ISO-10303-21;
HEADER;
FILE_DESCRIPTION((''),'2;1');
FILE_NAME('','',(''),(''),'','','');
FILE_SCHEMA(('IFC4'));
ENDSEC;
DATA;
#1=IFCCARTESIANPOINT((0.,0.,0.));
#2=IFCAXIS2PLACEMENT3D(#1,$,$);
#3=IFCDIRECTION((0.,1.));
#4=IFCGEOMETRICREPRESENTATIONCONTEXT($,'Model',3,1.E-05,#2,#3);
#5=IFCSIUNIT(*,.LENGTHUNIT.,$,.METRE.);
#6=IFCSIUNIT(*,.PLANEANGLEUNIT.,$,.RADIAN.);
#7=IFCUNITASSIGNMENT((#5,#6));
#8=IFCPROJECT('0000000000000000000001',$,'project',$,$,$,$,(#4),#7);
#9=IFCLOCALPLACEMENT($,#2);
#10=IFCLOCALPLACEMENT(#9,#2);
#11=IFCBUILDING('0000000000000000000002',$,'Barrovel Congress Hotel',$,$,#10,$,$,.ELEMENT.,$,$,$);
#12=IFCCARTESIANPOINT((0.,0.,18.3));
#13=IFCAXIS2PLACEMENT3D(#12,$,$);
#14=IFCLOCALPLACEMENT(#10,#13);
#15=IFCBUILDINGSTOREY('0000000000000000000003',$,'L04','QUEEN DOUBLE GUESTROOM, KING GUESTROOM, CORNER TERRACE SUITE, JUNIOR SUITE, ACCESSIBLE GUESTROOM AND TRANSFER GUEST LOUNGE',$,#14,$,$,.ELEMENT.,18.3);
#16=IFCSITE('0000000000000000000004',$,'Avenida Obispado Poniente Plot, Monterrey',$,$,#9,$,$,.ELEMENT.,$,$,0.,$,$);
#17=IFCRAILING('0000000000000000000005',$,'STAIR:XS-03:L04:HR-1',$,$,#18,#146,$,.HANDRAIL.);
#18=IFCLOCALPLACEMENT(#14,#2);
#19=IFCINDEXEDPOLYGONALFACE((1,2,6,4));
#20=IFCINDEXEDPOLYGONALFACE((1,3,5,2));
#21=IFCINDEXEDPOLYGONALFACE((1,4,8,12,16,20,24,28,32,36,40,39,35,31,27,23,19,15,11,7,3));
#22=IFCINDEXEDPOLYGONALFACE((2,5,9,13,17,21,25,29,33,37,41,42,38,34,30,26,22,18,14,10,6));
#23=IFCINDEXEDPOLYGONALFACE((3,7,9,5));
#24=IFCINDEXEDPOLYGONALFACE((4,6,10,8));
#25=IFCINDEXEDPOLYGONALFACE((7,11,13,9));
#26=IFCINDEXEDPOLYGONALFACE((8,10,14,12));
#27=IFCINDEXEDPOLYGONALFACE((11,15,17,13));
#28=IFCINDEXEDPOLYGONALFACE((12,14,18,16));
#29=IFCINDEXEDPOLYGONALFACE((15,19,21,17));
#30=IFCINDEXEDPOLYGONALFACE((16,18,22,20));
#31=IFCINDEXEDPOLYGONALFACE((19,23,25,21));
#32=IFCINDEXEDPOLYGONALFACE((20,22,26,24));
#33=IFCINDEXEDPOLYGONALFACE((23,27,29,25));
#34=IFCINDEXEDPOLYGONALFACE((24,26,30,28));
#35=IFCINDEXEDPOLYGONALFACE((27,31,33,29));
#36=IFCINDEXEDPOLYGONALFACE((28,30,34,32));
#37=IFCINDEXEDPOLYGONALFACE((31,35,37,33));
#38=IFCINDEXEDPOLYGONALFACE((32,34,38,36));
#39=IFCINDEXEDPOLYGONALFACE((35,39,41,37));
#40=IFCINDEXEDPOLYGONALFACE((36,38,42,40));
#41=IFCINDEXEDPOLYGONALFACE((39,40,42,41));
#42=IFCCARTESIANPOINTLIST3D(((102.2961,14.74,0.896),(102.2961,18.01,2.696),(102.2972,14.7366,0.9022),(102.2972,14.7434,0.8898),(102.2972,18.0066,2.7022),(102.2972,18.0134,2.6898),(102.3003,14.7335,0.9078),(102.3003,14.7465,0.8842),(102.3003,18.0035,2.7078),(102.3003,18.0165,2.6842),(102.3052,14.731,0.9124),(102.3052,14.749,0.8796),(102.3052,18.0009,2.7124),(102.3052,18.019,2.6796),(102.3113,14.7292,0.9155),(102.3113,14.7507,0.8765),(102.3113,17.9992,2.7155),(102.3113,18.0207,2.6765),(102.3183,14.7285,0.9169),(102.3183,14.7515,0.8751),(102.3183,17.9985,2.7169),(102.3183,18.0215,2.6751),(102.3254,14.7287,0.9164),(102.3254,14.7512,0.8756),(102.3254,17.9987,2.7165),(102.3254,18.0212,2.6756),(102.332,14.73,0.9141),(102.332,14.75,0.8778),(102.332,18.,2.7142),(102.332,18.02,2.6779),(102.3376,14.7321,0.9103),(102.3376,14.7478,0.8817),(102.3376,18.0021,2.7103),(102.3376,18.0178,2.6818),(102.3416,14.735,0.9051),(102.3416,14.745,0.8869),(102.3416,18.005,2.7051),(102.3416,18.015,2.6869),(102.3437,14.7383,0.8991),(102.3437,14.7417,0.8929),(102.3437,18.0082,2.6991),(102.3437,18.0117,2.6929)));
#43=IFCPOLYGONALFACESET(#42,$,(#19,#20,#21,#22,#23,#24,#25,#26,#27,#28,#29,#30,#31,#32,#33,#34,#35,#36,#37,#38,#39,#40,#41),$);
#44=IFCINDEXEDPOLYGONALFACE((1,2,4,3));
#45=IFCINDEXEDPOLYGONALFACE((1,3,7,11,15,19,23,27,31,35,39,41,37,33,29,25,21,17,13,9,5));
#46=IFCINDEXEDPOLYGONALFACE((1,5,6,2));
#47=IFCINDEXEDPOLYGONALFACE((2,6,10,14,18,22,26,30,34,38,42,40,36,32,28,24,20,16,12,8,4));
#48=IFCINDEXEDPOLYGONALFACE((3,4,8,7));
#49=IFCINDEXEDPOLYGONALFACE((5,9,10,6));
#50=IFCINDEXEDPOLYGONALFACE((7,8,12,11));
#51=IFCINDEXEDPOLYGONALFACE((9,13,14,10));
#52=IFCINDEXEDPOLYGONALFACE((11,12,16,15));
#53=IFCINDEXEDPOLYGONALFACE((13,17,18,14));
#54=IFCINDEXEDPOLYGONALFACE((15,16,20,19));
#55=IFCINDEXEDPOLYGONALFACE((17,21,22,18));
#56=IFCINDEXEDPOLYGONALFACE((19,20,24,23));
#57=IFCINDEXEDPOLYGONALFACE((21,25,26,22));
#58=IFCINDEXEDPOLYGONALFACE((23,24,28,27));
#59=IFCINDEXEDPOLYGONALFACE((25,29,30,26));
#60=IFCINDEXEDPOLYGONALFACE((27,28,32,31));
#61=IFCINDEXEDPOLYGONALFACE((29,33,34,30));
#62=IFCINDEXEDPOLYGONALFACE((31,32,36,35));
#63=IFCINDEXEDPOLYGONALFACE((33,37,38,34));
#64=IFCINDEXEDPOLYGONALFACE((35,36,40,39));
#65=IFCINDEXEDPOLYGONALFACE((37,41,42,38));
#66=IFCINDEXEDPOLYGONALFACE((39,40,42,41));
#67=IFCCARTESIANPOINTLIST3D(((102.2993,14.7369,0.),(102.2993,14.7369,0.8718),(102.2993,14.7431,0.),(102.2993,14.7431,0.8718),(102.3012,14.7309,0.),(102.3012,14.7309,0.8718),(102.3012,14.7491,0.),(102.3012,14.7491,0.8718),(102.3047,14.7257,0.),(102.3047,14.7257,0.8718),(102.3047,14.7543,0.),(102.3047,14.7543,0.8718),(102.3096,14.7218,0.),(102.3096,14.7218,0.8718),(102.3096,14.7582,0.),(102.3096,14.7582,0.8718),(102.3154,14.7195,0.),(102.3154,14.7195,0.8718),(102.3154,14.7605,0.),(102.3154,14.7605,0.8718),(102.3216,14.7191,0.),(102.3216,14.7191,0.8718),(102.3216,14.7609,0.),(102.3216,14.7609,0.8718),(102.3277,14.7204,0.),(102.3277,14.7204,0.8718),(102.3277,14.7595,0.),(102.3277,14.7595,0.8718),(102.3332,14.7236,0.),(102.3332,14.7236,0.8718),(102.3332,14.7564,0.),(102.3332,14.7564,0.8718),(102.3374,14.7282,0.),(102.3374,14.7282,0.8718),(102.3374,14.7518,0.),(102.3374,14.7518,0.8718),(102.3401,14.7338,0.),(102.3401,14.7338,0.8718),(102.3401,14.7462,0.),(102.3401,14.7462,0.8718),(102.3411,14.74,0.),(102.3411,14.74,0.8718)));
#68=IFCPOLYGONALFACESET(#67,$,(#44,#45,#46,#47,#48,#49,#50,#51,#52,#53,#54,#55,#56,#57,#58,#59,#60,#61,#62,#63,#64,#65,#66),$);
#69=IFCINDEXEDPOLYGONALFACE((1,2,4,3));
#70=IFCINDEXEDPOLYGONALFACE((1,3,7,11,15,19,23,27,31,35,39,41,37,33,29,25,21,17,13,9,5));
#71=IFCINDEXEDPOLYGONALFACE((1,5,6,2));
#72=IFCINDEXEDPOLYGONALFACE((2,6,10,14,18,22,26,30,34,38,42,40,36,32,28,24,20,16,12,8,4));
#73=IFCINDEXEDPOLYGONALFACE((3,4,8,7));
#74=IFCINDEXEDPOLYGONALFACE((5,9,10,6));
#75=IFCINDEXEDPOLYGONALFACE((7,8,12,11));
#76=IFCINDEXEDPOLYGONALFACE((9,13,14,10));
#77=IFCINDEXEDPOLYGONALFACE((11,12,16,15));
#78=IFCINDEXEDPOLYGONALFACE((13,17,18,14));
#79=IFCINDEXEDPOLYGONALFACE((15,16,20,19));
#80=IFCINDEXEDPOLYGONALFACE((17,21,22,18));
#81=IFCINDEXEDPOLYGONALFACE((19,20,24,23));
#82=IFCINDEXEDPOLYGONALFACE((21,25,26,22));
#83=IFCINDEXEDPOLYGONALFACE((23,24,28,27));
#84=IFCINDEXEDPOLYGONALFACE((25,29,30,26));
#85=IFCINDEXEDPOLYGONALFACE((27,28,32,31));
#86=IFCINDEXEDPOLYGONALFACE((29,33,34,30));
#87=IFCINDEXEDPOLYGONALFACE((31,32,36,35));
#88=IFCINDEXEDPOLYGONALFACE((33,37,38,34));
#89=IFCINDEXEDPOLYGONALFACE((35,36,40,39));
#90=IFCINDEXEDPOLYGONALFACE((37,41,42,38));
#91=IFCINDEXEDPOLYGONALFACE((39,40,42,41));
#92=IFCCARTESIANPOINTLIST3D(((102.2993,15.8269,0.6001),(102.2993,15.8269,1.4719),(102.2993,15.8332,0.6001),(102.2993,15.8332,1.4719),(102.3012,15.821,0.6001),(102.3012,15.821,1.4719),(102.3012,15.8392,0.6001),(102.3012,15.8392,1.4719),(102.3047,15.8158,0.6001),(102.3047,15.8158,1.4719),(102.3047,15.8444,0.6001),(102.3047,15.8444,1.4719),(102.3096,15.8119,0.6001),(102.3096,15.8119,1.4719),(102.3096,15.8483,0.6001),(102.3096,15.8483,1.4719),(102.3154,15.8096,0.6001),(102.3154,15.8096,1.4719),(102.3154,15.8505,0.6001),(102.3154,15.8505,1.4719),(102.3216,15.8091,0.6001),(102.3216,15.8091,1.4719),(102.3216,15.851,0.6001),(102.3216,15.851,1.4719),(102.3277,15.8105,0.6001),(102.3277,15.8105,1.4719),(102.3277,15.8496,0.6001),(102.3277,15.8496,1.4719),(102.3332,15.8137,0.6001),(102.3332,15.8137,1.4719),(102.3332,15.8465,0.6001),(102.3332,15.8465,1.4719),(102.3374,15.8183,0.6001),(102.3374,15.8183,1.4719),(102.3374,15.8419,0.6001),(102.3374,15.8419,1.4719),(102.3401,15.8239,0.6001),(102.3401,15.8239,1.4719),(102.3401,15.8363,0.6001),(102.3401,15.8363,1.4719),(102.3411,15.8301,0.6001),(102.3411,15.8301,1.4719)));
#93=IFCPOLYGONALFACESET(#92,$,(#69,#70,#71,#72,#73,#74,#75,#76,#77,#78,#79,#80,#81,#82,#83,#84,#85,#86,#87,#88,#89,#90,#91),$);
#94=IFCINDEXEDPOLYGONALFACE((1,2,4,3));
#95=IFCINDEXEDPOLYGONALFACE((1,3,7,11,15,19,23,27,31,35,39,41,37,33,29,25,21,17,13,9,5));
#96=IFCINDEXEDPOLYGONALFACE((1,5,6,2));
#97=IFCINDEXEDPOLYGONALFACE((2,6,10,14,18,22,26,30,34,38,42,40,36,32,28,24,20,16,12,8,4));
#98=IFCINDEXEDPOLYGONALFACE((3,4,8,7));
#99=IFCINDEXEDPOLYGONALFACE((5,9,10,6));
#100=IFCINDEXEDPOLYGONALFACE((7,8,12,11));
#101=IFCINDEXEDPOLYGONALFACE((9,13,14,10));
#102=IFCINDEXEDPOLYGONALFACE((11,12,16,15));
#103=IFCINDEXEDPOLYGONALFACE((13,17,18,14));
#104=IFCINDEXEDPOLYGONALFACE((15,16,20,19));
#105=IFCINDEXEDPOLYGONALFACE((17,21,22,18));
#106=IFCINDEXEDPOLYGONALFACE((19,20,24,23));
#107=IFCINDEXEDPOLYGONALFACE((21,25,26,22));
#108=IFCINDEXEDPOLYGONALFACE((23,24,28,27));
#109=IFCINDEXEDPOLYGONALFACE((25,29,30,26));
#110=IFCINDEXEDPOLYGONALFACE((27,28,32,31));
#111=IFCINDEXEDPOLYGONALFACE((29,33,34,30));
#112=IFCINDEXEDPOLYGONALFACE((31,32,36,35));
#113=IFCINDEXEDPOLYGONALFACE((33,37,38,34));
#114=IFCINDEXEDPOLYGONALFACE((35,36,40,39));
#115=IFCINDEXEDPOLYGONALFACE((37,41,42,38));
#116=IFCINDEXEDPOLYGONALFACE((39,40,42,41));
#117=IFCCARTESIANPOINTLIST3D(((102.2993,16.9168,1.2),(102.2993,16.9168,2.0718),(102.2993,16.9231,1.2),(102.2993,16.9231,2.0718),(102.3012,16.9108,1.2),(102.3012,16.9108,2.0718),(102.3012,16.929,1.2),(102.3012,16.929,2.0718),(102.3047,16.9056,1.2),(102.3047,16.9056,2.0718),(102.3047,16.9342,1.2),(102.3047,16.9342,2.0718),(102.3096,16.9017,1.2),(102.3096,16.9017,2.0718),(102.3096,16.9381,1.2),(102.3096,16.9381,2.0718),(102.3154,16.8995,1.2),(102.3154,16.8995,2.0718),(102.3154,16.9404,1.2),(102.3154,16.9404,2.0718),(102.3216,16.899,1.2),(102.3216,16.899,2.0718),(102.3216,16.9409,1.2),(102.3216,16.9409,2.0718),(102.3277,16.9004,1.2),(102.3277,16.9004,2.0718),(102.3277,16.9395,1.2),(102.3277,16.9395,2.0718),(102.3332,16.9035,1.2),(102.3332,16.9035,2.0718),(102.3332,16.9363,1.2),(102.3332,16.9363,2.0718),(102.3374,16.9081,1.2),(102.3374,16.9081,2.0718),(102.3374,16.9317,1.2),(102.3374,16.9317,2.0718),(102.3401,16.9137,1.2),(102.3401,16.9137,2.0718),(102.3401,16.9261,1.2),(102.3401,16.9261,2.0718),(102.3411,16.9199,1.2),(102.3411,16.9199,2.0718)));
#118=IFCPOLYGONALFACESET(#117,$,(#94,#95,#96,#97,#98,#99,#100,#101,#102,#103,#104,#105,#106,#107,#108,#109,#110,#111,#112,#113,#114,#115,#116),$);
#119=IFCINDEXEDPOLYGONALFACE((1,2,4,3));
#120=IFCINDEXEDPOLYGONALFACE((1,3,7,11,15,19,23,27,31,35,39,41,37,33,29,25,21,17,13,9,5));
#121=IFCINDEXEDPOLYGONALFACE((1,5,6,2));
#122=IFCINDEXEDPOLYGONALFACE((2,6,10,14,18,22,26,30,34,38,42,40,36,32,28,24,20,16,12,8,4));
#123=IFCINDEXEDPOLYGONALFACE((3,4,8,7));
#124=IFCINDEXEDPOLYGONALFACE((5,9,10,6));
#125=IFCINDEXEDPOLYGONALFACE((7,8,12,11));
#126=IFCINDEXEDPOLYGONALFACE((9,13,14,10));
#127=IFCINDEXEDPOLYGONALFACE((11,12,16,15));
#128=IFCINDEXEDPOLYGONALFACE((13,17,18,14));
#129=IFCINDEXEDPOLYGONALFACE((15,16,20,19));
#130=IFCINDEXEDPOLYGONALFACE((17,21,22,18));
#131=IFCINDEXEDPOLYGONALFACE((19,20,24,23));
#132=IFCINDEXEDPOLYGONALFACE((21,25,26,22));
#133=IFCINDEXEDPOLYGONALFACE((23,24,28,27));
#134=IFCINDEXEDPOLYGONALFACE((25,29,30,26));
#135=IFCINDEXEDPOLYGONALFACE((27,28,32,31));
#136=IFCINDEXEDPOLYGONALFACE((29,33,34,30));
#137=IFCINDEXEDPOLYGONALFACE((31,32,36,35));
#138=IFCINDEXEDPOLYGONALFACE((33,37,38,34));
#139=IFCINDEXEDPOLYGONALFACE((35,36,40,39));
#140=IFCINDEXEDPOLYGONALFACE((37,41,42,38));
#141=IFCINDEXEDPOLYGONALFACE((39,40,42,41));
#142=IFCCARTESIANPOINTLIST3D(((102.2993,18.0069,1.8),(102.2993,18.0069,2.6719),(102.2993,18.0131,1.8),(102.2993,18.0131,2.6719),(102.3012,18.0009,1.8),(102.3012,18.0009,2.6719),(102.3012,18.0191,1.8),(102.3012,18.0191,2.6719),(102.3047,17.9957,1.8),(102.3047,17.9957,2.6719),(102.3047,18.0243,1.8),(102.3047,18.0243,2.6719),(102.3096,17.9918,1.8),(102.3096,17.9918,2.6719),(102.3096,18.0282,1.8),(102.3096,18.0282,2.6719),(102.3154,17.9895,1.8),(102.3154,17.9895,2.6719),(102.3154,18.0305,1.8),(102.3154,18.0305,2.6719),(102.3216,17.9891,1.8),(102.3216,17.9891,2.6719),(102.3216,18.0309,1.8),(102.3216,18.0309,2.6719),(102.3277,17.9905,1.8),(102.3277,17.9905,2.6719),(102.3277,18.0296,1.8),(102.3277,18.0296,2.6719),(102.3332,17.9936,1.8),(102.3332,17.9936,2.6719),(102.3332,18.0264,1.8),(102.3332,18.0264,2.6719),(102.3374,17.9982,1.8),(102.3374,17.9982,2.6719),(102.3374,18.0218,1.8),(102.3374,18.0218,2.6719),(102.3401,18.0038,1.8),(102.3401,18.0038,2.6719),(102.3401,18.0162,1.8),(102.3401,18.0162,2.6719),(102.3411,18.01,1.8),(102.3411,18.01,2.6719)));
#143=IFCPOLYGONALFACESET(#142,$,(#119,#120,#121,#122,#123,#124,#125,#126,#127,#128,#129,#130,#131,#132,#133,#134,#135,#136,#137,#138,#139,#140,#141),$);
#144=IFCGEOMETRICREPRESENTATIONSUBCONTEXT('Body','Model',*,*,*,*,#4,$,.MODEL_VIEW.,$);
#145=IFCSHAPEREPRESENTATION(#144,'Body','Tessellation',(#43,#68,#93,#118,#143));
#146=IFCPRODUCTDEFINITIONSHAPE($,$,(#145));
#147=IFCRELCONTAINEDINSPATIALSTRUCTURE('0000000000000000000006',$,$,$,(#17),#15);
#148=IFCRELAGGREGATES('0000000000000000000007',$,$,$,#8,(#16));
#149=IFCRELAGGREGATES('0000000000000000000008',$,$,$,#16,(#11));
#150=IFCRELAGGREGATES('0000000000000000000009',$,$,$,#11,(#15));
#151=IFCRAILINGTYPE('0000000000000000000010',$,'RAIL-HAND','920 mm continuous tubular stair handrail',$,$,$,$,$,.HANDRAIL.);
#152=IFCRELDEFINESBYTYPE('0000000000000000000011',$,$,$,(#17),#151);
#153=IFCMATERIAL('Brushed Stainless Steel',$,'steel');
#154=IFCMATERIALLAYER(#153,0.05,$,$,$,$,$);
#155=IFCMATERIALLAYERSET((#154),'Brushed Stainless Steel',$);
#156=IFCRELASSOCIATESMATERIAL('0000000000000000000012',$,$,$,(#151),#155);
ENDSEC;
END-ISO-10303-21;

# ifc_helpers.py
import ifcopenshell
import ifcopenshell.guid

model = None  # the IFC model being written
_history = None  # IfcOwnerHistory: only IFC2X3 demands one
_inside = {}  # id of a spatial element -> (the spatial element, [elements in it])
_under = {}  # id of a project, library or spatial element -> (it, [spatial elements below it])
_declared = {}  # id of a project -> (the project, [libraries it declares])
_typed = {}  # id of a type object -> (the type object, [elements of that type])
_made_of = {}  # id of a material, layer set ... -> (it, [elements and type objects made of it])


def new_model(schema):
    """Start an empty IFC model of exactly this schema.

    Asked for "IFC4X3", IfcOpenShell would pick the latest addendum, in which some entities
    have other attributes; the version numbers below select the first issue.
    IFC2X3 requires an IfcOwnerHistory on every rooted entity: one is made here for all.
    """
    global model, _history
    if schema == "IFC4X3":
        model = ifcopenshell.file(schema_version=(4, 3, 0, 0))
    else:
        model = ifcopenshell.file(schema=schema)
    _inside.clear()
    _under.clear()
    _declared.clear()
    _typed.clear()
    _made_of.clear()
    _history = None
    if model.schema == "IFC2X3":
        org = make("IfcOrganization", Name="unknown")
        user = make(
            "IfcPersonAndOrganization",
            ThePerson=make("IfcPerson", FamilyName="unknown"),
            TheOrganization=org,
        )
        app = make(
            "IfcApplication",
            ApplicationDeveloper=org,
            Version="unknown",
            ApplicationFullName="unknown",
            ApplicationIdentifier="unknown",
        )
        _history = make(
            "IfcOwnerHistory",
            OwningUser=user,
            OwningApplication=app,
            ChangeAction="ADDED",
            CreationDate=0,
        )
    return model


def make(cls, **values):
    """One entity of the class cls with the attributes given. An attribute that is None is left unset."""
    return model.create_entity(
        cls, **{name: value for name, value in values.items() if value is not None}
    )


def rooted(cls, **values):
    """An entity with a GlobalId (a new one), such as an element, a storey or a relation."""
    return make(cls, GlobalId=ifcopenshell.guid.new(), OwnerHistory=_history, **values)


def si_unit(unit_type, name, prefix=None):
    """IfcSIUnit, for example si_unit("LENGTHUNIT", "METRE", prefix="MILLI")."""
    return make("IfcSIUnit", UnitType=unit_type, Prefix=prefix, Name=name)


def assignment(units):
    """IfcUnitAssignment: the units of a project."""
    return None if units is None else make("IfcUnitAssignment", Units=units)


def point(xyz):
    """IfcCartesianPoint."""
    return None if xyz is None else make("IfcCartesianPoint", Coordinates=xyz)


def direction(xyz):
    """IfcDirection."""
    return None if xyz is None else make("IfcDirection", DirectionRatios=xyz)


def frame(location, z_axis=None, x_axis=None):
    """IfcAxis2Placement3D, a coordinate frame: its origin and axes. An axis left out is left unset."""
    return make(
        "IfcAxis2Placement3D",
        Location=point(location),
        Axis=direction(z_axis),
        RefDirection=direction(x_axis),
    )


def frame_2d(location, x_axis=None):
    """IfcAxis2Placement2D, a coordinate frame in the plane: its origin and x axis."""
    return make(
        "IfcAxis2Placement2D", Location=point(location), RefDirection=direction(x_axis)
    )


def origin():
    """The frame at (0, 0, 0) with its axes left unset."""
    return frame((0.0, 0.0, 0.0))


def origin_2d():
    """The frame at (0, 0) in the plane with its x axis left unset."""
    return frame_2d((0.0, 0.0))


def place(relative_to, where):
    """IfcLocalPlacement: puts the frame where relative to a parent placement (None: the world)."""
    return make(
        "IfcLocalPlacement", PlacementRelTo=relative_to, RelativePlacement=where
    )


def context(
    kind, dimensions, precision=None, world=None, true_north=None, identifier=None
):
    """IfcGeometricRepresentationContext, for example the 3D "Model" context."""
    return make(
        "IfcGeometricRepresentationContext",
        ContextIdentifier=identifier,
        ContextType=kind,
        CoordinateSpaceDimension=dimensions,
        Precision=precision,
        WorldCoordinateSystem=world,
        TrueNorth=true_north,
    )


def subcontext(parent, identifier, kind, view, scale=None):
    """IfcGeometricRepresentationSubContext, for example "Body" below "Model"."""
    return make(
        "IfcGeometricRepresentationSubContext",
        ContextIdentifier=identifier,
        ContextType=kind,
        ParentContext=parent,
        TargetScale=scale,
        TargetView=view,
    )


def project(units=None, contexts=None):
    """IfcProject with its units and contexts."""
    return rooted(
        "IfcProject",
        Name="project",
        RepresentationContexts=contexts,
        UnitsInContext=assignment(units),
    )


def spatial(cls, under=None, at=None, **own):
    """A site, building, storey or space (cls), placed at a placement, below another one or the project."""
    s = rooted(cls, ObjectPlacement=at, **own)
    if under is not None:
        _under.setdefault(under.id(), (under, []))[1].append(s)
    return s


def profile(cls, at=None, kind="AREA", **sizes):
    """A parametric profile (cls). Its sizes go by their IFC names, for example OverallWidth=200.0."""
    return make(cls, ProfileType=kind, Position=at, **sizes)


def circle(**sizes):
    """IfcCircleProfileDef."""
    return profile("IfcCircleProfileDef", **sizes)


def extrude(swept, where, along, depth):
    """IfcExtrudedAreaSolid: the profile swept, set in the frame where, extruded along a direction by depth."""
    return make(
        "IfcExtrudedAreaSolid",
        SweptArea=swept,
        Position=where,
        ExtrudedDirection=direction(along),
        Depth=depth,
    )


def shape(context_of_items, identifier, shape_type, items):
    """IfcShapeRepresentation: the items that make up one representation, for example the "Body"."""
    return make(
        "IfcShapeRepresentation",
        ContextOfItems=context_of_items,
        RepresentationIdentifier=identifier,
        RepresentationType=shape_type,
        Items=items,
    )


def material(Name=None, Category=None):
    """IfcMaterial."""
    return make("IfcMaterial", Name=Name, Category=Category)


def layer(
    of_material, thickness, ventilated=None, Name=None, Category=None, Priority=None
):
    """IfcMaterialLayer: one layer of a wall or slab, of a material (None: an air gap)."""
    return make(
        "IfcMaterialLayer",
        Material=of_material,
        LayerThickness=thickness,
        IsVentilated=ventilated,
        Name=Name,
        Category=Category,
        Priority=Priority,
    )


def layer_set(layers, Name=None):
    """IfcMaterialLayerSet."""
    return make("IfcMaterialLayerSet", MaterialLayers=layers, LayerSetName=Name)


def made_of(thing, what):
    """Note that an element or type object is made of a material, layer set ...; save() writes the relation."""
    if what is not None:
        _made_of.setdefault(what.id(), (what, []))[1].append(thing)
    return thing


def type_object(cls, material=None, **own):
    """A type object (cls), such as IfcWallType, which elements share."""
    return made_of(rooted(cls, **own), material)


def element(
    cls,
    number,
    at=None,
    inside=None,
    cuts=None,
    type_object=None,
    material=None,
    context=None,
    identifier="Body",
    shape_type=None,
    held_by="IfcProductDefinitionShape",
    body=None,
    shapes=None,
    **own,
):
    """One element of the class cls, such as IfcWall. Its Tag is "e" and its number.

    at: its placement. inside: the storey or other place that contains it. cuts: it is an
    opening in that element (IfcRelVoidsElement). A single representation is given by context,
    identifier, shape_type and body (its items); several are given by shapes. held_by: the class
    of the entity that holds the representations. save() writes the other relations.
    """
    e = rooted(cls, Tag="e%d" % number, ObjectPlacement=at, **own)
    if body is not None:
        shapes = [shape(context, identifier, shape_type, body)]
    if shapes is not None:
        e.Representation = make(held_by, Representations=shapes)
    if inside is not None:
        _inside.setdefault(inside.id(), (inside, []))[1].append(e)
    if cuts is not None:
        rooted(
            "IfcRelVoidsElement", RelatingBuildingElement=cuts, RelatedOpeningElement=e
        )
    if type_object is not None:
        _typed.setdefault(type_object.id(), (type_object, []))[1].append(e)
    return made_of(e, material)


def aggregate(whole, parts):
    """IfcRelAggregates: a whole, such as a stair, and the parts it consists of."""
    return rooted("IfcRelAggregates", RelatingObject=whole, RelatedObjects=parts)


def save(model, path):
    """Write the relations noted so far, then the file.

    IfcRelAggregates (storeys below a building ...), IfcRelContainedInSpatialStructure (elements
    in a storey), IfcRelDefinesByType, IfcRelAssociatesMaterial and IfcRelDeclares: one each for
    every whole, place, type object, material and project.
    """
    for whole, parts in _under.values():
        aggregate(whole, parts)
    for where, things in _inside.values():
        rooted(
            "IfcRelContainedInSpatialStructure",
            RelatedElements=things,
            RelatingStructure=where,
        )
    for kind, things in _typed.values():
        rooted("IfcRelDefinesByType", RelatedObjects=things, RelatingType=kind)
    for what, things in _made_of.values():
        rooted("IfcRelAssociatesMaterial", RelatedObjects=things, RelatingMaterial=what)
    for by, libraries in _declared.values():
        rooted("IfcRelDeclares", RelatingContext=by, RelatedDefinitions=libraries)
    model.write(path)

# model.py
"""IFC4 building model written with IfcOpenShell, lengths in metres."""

from ifc_helpers import new_model, si_unit, direction, frame, origin, origin_2d, place, context, subcontext, project, spatial, circle, extrude, material, layer, layer_set, type_object, element, save


model = new_model("IFC4")

# Units and contexts
model_context = context("Model", 3, precision=1e-05, world=origin(), true_north=direction((0.0, 1.0)))
body_context = subcontext(model_context, "Body", "Model", "MODEL_VIEW")
ifc_project = project(units=[si_unit("LENGTHUNIT", "METRE"), si_unit("PLANEANGLEUNIT", "RADIAN")], contexts=[model_context])

# Site, building, storey
site_placement = place(None, origin())
site = spatial("IfcSite", under=ifc_project, at=site_placement, Name="Avenida Obispado Poniente Plot, Monterrey", CompositionType="ELEMENT", RefElevation=0.0)
building_placement = place(site_placement, origin())
building = spatial("IfcBuilding", under=site, at=building_placement, Name="Barrovel Congress Hotel", CompositionType="ELEMENT")
storey_placement = place(building_placement, frame((0.0, 0.0, 18.3)))
storey = spatial("IfcBuildingStorey", under=building, at=storey_placement, Name="L04", Description="QUEEN DOUBLE GUESTROOM, KING GUESTROOM, CORNER TERRACE SUITE, JUNIOR SUITE, ACCESSIBLE GUESTROOM AND TRANSFER GUEST LOUNGE", CompositionType="ELEMENT", Elevation=18.3)

# Railing
ifc_material_1 = material(Name="Brushed Stainless Steel", Category="steel")
ifc_layer_1 = layer(ifc_material_1, 0.05)
ifc_layer_set_1 = layer_set([ifc_layer_1], Name="Brushed Stainless Steel")
railing_type_1 = type_object("IfcRailingType", Name="RAIL-HAND", Description="920 mm continuous tubular stair handrail", PredefinedType="HANDRAIL", material=ifc_layer_set_1)
railing_1_placement = place(storey_placement, frame((102.3201, 14.74, 0.0)))
element("IfcRailing", 1, at=railing_1_placement, inside=storey, type_object=railing_type_1, Name="STAIR:XS-03:L04:HR-1", PredefinedType="HANDRAIL", context=body_context, shape_type="SweptSolid", body=[
    extrude(circle(Radius=0.0239, at=origin_2d()), frame((0.0, 0.0, 0.896), z_axis=(0.0, 0.876042, 0.482235), x_axis=(-1.0, 0.0, 0.0)), (0.0, 0.0, 1.0), 3.7327),
    extrude(circle(Radius=0.021, at=origin_2d()), origin(), (0.0, 0.0, 1.0), 0.8718),
    extrude(circle(Radius=0.021, at=origin_2d()), frame((0.0, 1.0901, 0.6001)), (0.0, 0.0, 1.0), 0.8718),
    extrude(circle(Radius=0.021, at=origin_2d()), frame((0.0, 2.1799, 1.2)), (0.0, 0.0, 1.0), 0.8718),
    extrude(circle(Radius=0.021, at=origin_2d()), frame((0.0, 3.27, 1.8)), (0.0, 0.0, 1.0), 0.8718),
])

save(model, "model.ifc")
